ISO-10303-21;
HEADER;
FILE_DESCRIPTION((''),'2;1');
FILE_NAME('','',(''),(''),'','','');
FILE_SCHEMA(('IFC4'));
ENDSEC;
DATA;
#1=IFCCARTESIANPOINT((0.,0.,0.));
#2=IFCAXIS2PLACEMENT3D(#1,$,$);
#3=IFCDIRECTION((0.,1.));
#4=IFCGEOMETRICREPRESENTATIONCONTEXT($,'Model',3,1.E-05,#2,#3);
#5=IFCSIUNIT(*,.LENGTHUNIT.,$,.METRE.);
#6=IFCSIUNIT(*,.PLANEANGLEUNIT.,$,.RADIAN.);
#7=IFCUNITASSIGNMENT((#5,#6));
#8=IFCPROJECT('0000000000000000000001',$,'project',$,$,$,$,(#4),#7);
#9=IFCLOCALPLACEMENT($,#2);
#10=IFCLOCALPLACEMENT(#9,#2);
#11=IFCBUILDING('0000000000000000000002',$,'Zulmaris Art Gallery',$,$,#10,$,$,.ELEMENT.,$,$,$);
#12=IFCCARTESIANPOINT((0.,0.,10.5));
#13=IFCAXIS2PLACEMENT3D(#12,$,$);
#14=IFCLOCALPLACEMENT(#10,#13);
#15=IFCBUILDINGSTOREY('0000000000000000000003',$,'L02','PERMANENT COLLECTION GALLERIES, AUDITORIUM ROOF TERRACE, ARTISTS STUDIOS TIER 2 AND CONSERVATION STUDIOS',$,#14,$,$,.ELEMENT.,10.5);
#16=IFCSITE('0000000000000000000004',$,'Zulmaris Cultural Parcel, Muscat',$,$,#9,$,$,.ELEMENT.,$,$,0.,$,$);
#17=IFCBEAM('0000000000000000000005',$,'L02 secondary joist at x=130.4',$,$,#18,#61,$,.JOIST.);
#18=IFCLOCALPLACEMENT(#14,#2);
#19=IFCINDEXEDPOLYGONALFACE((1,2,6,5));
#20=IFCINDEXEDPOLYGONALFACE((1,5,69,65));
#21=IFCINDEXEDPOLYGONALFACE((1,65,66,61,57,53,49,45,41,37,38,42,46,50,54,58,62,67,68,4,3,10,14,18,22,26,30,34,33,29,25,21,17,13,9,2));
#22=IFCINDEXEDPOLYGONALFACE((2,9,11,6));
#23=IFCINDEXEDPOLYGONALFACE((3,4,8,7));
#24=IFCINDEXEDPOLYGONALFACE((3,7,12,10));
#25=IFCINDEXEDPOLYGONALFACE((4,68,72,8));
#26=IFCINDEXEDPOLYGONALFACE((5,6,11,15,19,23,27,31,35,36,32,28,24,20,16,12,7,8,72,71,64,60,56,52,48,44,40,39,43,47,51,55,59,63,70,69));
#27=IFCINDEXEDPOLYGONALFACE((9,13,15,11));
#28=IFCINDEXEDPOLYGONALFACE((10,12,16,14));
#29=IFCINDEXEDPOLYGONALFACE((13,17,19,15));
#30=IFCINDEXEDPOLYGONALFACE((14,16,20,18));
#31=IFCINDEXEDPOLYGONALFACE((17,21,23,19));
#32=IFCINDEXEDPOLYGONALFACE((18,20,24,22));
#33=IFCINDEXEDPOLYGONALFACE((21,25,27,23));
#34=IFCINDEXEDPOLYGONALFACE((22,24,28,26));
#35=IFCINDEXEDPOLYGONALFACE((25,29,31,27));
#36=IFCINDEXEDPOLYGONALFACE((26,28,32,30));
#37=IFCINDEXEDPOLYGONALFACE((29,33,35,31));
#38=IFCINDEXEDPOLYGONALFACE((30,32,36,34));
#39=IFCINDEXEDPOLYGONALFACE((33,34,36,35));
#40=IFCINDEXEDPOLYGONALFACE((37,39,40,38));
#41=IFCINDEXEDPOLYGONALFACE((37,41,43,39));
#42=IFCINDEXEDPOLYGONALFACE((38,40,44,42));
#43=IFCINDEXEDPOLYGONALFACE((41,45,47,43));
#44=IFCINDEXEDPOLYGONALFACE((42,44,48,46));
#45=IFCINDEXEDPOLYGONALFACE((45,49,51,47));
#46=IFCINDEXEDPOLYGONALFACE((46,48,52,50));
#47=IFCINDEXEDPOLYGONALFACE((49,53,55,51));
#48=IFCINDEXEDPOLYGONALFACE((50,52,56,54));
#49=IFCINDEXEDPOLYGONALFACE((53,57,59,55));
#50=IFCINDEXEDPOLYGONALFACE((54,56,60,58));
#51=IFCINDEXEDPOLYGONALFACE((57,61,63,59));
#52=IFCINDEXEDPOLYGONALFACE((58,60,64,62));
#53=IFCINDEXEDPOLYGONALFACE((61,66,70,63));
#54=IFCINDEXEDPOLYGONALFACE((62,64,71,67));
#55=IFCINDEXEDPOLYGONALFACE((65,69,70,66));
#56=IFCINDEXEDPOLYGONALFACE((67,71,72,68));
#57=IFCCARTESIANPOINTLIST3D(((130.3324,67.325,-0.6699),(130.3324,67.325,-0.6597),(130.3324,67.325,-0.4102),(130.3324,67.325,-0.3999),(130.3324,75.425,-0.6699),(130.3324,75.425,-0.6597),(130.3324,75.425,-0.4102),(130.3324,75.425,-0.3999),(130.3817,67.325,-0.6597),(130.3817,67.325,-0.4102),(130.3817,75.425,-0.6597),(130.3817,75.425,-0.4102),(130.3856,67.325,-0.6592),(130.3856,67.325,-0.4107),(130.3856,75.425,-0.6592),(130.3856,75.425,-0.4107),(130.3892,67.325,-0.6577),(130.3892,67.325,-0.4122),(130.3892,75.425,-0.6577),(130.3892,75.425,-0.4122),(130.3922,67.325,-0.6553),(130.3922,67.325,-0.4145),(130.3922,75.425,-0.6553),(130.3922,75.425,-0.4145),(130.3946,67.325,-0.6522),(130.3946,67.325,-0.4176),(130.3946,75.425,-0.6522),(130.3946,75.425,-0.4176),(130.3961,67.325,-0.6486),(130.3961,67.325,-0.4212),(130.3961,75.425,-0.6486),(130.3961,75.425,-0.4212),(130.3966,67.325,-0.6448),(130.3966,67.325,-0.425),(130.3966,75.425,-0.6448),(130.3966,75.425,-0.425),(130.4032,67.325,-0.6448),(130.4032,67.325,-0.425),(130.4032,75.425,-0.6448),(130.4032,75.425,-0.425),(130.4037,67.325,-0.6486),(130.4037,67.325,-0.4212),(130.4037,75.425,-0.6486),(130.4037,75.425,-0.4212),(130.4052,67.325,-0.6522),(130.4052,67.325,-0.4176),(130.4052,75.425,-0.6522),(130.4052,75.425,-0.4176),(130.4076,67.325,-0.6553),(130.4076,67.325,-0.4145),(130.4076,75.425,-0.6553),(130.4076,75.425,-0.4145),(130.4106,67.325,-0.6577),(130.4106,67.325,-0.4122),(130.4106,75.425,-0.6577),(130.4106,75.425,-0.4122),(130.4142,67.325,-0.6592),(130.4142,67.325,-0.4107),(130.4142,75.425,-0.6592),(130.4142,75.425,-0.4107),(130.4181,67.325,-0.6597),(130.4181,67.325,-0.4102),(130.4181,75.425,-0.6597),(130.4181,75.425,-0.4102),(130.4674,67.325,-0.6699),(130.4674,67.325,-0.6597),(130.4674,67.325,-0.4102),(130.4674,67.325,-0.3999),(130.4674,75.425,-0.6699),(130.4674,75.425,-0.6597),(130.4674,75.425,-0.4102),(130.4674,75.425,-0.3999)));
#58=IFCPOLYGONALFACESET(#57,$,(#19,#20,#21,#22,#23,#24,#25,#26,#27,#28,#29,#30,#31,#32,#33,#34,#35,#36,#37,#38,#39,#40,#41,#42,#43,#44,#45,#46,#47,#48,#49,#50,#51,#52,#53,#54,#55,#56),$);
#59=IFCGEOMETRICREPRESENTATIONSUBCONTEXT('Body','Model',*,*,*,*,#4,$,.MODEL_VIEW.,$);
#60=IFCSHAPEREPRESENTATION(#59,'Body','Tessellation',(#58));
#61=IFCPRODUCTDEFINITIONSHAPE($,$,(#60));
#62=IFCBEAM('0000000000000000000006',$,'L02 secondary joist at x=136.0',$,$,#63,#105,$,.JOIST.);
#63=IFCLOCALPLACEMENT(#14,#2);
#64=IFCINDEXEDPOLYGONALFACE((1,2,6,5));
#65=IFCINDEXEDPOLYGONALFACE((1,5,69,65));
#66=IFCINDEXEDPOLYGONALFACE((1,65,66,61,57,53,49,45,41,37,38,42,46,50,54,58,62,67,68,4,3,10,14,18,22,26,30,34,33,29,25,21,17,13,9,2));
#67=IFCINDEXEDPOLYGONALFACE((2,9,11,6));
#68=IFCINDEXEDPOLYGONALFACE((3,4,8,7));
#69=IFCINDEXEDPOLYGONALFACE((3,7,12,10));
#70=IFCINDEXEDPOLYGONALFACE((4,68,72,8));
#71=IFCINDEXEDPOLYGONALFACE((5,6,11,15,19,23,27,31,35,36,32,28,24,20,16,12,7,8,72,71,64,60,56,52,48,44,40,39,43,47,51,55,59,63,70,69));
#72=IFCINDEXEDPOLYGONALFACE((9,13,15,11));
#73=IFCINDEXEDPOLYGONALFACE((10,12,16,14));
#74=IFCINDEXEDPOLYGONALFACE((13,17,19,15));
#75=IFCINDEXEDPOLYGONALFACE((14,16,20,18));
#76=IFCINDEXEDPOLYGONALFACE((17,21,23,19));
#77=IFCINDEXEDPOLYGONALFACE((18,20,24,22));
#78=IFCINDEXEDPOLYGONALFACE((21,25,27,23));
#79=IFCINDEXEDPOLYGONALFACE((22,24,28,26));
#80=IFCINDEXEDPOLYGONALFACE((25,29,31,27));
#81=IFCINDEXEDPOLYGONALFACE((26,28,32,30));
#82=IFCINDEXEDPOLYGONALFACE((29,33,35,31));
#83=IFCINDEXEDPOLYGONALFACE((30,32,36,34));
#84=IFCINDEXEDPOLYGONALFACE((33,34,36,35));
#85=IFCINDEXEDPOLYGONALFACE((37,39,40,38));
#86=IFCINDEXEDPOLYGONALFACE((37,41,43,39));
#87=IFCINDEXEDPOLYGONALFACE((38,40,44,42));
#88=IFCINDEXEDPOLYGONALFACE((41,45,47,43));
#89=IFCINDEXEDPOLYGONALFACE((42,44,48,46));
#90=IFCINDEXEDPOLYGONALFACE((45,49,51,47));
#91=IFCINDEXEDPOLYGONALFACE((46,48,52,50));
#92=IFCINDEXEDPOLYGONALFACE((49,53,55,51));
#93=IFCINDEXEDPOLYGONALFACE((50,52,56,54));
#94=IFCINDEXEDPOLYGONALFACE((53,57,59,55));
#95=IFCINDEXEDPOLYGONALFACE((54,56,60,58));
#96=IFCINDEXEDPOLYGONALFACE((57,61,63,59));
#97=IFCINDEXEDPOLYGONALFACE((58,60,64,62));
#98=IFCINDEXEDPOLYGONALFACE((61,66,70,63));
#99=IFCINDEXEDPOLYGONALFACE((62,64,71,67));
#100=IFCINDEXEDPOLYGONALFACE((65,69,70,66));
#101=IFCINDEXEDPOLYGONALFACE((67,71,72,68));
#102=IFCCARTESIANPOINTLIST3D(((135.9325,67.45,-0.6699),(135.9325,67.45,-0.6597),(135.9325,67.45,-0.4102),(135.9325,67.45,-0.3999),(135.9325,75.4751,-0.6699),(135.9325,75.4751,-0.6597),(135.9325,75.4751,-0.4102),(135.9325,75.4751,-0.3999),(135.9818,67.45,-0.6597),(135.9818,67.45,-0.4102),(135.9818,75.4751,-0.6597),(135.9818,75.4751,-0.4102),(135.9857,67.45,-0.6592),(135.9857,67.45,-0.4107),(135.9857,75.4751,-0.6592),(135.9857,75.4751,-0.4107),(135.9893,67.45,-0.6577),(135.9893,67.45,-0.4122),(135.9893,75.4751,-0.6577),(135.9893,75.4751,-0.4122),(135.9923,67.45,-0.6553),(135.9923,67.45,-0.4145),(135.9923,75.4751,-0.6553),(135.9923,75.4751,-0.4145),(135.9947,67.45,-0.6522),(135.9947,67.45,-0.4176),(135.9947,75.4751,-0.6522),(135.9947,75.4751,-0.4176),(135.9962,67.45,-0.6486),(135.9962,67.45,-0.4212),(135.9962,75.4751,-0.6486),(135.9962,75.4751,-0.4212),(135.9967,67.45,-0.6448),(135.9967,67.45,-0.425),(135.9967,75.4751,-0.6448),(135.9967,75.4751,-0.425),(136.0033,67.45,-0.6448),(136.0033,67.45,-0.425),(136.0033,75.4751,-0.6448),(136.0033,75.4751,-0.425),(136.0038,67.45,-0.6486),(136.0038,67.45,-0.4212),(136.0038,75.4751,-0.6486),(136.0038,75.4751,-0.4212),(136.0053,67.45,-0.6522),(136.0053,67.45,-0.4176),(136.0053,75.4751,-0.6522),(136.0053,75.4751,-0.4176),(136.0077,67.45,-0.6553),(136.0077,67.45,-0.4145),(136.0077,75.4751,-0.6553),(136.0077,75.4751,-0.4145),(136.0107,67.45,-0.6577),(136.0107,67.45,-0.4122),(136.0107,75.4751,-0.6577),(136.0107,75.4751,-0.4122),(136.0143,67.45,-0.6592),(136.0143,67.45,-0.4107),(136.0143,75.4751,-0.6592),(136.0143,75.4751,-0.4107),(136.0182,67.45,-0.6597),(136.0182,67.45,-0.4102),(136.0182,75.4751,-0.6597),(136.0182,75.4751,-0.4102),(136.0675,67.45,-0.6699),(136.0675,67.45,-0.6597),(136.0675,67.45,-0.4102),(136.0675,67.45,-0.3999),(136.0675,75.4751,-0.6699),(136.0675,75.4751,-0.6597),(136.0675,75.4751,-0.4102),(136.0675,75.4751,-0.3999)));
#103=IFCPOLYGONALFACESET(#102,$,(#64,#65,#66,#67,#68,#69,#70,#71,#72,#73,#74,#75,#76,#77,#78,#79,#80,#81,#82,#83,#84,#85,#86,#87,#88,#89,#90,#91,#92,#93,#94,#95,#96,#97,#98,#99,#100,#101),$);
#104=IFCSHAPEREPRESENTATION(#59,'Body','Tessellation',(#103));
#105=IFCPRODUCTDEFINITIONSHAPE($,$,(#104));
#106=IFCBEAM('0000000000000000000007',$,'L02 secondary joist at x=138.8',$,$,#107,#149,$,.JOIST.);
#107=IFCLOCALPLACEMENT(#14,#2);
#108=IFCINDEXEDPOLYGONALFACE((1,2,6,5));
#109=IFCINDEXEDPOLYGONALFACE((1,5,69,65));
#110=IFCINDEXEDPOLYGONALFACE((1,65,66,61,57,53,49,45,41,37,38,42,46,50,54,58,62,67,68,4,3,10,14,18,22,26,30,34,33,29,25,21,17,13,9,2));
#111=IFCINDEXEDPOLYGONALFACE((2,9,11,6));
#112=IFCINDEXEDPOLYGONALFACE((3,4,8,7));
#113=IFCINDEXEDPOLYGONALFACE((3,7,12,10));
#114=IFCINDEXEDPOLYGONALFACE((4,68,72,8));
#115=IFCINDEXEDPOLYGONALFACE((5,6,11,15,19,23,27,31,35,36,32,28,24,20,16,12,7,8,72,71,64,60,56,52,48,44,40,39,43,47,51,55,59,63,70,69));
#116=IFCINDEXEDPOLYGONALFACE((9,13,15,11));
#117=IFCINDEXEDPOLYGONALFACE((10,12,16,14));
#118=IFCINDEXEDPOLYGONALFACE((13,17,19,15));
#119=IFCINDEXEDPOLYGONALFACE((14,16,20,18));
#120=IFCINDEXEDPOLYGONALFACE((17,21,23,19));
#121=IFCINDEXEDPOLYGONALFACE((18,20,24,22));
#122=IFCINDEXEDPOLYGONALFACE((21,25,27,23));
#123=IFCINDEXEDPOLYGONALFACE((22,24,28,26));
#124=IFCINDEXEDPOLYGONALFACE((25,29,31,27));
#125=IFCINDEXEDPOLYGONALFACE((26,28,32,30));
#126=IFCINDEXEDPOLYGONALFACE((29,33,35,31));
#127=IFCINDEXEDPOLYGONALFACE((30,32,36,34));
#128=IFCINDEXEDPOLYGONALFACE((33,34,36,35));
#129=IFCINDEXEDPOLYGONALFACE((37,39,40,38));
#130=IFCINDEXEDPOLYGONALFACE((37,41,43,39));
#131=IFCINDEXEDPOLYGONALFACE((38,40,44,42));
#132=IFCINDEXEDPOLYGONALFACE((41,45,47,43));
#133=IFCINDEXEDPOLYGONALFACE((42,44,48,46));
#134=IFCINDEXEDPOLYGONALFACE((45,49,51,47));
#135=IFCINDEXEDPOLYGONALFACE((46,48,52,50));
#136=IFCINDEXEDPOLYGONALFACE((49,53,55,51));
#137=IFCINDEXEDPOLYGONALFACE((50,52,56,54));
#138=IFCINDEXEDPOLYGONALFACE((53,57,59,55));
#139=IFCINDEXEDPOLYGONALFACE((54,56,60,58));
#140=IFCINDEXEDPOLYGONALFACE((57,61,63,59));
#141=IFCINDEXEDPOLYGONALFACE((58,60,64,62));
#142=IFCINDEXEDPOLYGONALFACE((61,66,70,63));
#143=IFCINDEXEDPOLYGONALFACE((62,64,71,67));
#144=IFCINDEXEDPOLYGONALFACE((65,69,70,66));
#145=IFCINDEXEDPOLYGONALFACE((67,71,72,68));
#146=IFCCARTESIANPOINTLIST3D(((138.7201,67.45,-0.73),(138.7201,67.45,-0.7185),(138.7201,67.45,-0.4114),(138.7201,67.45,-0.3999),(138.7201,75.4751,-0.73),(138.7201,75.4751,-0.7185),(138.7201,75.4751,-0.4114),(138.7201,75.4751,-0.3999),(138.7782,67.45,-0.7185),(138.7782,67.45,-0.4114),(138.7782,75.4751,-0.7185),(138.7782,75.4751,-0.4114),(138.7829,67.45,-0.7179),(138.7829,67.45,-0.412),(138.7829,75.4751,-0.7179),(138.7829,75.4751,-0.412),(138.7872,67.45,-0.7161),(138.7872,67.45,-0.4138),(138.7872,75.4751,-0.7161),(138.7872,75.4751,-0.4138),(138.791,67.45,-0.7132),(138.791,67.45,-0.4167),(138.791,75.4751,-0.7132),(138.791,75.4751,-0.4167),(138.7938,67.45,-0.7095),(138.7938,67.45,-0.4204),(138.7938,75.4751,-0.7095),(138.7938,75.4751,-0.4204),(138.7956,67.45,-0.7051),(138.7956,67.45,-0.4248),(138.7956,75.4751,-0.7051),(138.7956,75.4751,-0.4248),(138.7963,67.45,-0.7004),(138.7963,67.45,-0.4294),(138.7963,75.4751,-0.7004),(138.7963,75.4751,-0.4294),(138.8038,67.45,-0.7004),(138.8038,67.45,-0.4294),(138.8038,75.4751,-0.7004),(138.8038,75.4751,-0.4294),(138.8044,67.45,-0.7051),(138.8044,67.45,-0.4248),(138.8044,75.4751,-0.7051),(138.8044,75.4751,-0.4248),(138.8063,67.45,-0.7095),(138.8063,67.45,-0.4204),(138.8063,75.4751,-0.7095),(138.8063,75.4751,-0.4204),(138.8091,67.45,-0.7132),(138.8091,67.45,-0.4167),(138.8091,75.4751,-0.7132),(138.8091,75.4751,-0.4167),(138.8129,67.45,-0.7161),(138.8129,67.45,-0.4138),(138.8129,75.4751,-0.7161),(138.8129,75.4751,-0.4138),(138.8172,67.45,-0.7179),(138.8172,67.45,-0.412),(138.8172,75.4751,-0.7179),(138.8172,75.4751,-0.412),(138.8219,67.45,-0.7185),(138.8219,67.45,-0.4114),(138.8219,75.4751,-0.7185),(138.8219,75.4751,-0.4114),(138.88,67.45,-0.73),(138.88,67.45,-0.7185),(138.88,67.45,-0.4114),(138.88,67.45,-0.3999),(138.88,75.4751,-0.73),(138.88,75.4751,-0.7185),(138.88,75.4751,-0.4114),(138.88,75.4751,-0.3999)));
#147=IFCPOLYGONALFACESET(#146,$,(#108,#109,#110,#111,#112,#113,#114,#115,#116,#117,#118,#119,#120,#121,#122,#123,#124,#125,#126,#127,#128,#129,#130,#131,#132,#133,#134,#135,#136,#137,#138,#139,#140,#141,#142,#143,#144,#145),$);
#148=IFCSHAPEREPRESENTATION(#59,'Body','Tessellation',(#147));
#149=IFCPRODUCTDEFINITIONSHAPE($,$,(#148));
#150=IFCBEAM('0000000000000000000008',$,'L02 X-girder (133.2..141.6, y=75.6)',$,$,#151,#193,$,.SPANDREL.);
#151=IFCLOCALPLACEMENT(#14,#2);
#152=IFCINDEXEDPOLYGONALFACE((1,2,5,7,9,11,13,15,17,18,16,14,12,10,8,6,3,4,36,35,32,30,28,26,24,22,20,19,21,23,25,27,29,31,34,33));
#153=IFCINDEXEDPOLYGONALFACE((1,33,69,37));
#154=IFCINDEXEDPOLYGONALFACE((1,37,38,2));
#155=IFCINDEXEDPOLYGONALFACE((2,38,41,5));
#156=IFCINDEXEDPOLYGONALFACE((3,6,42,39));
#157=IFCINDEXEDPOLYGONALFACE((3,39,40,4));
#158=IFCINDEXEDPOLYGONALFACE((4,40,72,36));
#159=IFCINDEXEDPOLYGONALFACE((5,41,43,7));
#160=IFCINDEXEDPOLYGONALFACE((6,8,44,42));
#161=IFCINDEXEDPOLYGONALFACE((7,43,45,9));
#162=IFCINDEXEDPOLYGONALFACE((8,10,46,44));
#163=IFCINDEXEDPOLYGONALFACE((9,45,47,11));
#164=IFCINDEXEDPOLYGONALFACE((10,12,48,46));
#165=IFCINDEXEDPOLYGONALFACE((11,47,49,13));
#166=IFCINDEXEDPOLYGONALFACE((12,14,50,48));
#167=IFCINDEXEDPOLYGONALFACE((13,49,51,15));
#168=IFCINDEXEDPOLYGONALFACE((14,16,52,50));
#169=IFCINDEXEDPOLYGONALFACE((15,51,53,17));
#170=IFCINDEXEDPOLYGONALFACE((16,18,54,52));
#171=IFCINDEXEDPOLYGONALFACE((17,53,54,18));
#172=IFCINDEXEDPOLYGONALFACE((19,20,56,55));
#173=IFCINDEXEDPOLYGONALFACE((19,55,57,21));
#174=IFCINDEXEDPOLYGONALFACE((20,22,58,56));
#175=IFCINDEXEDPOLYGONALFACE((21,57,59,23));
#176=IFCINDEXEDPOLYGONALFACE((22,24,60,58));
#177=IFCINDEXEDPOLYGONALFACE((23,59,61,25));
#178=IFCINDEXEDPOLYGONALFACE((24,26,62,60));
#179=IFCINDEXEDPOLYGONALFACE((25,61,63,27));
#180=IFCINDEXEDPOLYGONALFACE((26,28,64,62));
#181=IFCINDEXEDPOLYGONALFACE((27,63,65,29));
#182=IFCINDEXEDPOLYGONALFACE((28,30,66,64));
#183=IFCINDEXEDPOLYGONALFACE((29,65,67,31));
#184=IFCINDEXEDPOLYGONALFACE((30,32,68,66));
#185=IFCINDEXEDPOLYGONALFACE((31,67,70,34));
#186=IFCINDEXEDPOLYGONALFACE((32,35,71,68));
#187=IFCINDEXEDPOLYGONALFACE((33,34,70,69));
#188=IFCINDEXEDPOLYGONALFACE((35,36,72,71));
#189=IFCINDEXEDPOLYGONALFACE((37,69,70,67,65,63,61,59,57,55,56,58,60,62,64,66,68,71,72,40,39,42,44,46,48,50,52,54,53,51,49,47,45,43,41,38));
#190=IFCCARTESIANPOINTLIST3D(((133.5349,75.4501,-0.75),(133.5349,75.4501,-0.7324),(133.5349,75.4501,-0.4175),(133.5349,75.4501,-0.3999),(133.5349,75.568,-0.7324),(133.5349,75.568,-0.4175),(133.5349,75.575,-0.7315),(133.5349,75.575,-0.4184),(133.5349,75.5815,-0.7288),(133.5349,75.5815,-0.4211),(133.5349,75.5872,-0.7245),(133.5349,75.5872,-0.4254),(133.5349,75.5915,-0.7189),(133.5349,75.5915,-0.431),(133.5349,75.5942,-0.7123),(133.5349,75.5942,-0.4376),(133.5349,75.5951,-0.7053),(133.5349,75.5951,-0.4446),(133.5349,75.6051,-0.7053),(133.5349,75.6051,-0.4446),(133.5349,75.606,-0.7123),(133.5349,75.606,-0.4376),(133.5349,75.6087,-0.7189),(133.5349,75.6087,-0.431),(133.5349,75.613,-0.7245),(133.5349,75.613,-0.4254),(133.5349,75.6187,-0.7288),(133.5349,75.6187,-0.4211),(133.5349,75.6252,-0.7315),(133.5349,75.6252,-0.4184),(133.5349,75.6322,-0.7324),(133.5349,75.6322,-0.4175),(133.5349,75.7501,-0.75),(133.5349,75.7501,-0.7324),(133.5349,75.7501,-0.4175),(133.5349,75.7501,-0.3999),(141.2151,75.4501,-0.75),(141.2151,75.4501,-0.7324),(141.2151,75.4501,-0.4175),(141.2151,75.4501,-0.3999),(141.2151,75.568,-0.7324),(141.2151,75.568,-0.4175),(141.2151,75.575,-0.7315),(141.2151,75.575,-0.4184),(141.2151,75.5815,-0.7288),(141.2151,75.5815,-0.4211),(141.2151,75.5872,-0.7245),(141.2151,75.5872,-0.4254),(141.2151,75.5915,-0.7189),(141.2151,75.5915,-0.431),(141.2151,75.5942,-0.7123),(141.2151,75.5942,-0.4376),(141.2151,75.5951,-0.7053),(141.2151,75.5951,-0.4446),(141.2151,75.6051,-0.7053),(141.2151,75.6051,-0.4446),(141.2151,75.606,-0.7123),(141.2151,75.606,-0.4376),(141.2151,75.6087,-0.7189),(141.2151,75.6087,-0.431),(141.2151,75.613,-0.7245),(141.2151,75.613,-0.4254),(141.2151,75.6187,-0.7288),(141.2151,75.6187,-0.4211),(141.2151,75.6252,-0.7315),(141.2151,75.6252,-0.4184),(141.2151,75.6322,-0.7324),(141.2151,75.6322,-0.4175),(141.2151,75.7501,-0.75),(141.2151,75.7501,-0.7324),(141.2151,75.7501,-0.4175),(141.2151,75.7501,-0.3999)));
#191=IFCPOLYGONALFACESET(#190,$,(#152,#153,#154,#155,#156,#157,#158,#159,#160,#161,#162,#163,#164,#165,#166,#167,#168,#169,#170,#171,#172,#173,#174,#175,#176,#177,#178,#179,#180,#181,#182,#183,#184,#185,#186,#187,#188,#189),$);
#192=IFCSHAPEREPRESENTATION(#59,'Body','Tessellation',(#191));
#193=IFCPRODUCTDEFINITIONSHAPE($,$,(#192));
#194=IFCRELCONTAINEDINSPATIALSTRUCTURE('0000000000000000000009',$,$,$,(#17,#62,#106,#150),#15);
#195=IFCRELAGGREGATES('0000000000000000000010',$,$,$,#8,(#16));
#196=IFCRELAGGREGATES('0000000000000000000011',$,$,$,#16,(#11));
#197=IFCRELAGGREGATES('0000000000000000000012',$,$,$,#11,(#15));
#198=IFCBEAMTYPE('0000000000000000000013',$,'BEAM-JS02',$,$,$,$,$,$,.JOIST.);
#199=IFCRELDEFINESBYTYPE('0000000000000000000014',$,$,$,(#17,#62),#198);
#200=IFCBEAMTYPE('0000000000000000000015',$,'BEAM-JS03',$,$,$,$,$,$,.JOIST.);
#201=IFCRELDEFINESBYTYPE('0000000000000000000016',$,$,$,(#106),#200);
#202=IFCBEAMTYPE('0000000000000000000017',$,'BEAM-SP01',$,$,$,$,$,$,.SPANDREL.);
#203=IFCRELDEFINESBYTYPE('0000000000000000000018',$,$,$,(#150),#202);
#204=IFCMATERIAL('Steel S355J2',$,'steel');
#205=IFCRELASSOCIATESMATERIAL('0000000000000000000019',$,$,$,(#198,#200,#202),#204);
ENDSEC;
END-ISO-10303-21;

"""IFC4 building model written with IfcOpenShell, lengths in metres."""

from ifc_helpers import new_model, si_unit, direction, frame, origin, origin_2d, place, context, subcontext, project, spatial, i_section, extrude, material, material_profile, profile_set, type_object, element, save


model = new_model("IFC4")

# Units and contexts
model_context = context("Model", 3, precision=1e-05, world=origin(), true_north=direction((0.0, 1.0)))
body_context = subcontext(model_context, "Body", "Model", "MODEL_VIEW")
ifc_project = project(units=[si_unit("LENGTHUNIT", "METRE"), si_unit("PLANEANGLEUNIT", "RADIAN")], contexts=[model_context])

# Site, building, storey
site_placement = place(None, origin())
site = spatial("IfcSite", under=ifc_project, at=site_placement, Name="Zulmaris Cultural Parcel, Muscat", CompositionType="ELEMENT", RefElevation=0.0)
building_placement = place(site_placement, origin())
building = spatial("IfcBuilding", under=site, at=building_placement, Name="Zulmaris Art Gallery", CompositionType="ELEMENT")
storey_placement = place(building_placement, frame((0.0, 0.0, 10.5)))
storey = spatial("IfcBuildingStorey", under=building, at=storey_placement, Name="L02", Description="PERMANENT COLLECTION GALLERIES, AUDITORIUM ROOF TERRACE, ARTISTS STUDIOS TIER 2 AND CONSERVATION STUDIOS", CompositionType="ELEMENT", Elevation=10.5)

# Beams
ifc_material_1 = material(Name="Steel S355J2", Category="steel")
ifc_material_profile_1 = material_profile(ifc_material_1, i_section(OverallWidth=0.135, OverallDepth=0.27, WebThickness=0.0066, FlangeThickness=0.0103, FilletRadius=0.0149, at=origin_2d()), Name="IPE 270")
ifc_profile_set_1 = profile_set([ifc_material_profile_1], Name="Steel S355J2")
beam_type_1 = type_object("IfcBeamType", Name="BEAM-JS02", PredefinedType="JOIST", material=ifc_profile_set_1)
beam_1_placement = place(storey_placement, frame((130.3999, 67.325, -0.5349), z_axis=(0.0, 1.0, 0.0), x_axis=(-1.0, 0.0, 0.0)))
element("IfcBeam", 1, at=beam_1_placement, inside=storey, type_object=beam_type_1, Name="L02 secondary joist at x=130.4", PredefinedType="JOIST", context=body_context, shape_type="SweptSolid", body=[
    extrude(i_section(OverallWidth=0.135, OverallDepth=0.27, WebThickness=0.0066, FlangeThickness=0.0103, FilletRadius=0.0149, at=origin_2d()), origin(), (0.0, 0.0, 1.0), 8.1001),
])
beam_2_placement = place(storey_placement, frame((136.0, 67.45, -0.5349), z_axis=(0.0, 1.0, 0.0), x_axis=(-1.0, 0.0, 0.0)))
element("IfcBeam", 2, at=beam_2_placement, inside=storey, type_object=beam_type_1, Name="L02 secondary joist at x=136.0", PredefinedType="JOIST", context=body_context, shape_type="SweptSolid", body=[
    extrude(i_section(OverallWidth=0.135, OverallDepth=0.27, WebThickness=0.0066, FlangeThickness=0.0103, FilletRadius=0.0149, at=origin_2d()), origin(), (0.0, 0.0, 1.0), 8.0251),
])
ifc_material_profile_2 = material_profile(ifc_material_1, i_section(OverallWidth=0.1599, OverallDepth=0.3301, WebThickness=0.0076, FlangeThickness=0.0115, FilletRadius=0.0181, at=origin_2d()), Name="IPE 330")
ifc_profile_set_2 = profile_set([ifc_material_profile_2], Name="Steel S355J2")
beam_type_2 = type_object("IfcBeamType", Name="BEAM-JS03", PredefinedType="JOIST", material=ifc_profile_set_2)
beam_3_placement = place(storey_placement, frame((138.8, 67.45, -0.5649), z_axis=(0.0, 1.0, 0.0), x_axis=(-1.0, 0.0, 0.0)))
element("IfcBeam", 3, at=beam_3_placement, inside=storey, type_object=beam_type_2, Name="L02 secondary joist at x=138.8", PredefinedType="JOIST", context=body_context, shape_type="SweptSolid", body=[
    extrude(i_section(OverallWidth=0.1599, OverallDepth=0.3301, WebThickness=0.0076, FlangeThickness=0.0115, FilletRadius=0.0181, at=origin_2d()), origin(), (0.0, 0.0, 1.0), 8.0251),
])
ifc_material_profile_3 = material_profile(ifc_material_1, i_section(OverallWidth=0.3, OverallDepth=0.3501, WebThickness=0.01, FlangeThickness=0.0176, FilletRadius=0.0271, at=origin_2d()), Name="HEA 360")
ifc_profile_set_3 = profile_set([ifc_material_profile_3], Name="Steel S355J2")
beam_type_3 = type_object("IfcBeamType", Name="BEAM-SP01", PredefinedType="SPANDREL", material=ifc_profile_set_3)
beam_4_placement = place(storey_placement, frame((133.5349, 75.6001, -0.575), z_axis=(1.0, 0.0, 0.0), x_axis=(0.0, 1.0, 0.0)))
element("IfcBeam", 4, at=beam_4_placement, inside=storey, type_object=beam_type_3, Name="L02 X-girder (133.2..141.6, y=75.6)", PredefinedType="SPANDREL", context=body_context, shape_type="SweptSolid", body=[
    extrude(i_section(OverallWidth=0.3, OverallDepth=0.3501, WebThickness=0.01, FlangeThickness=0.0176, FilletRadius=0.0271, at=origin_2d()), origin(), (0.0, 0.0, 1.0), 7.6802),
])

save(model, "model.ifc")
